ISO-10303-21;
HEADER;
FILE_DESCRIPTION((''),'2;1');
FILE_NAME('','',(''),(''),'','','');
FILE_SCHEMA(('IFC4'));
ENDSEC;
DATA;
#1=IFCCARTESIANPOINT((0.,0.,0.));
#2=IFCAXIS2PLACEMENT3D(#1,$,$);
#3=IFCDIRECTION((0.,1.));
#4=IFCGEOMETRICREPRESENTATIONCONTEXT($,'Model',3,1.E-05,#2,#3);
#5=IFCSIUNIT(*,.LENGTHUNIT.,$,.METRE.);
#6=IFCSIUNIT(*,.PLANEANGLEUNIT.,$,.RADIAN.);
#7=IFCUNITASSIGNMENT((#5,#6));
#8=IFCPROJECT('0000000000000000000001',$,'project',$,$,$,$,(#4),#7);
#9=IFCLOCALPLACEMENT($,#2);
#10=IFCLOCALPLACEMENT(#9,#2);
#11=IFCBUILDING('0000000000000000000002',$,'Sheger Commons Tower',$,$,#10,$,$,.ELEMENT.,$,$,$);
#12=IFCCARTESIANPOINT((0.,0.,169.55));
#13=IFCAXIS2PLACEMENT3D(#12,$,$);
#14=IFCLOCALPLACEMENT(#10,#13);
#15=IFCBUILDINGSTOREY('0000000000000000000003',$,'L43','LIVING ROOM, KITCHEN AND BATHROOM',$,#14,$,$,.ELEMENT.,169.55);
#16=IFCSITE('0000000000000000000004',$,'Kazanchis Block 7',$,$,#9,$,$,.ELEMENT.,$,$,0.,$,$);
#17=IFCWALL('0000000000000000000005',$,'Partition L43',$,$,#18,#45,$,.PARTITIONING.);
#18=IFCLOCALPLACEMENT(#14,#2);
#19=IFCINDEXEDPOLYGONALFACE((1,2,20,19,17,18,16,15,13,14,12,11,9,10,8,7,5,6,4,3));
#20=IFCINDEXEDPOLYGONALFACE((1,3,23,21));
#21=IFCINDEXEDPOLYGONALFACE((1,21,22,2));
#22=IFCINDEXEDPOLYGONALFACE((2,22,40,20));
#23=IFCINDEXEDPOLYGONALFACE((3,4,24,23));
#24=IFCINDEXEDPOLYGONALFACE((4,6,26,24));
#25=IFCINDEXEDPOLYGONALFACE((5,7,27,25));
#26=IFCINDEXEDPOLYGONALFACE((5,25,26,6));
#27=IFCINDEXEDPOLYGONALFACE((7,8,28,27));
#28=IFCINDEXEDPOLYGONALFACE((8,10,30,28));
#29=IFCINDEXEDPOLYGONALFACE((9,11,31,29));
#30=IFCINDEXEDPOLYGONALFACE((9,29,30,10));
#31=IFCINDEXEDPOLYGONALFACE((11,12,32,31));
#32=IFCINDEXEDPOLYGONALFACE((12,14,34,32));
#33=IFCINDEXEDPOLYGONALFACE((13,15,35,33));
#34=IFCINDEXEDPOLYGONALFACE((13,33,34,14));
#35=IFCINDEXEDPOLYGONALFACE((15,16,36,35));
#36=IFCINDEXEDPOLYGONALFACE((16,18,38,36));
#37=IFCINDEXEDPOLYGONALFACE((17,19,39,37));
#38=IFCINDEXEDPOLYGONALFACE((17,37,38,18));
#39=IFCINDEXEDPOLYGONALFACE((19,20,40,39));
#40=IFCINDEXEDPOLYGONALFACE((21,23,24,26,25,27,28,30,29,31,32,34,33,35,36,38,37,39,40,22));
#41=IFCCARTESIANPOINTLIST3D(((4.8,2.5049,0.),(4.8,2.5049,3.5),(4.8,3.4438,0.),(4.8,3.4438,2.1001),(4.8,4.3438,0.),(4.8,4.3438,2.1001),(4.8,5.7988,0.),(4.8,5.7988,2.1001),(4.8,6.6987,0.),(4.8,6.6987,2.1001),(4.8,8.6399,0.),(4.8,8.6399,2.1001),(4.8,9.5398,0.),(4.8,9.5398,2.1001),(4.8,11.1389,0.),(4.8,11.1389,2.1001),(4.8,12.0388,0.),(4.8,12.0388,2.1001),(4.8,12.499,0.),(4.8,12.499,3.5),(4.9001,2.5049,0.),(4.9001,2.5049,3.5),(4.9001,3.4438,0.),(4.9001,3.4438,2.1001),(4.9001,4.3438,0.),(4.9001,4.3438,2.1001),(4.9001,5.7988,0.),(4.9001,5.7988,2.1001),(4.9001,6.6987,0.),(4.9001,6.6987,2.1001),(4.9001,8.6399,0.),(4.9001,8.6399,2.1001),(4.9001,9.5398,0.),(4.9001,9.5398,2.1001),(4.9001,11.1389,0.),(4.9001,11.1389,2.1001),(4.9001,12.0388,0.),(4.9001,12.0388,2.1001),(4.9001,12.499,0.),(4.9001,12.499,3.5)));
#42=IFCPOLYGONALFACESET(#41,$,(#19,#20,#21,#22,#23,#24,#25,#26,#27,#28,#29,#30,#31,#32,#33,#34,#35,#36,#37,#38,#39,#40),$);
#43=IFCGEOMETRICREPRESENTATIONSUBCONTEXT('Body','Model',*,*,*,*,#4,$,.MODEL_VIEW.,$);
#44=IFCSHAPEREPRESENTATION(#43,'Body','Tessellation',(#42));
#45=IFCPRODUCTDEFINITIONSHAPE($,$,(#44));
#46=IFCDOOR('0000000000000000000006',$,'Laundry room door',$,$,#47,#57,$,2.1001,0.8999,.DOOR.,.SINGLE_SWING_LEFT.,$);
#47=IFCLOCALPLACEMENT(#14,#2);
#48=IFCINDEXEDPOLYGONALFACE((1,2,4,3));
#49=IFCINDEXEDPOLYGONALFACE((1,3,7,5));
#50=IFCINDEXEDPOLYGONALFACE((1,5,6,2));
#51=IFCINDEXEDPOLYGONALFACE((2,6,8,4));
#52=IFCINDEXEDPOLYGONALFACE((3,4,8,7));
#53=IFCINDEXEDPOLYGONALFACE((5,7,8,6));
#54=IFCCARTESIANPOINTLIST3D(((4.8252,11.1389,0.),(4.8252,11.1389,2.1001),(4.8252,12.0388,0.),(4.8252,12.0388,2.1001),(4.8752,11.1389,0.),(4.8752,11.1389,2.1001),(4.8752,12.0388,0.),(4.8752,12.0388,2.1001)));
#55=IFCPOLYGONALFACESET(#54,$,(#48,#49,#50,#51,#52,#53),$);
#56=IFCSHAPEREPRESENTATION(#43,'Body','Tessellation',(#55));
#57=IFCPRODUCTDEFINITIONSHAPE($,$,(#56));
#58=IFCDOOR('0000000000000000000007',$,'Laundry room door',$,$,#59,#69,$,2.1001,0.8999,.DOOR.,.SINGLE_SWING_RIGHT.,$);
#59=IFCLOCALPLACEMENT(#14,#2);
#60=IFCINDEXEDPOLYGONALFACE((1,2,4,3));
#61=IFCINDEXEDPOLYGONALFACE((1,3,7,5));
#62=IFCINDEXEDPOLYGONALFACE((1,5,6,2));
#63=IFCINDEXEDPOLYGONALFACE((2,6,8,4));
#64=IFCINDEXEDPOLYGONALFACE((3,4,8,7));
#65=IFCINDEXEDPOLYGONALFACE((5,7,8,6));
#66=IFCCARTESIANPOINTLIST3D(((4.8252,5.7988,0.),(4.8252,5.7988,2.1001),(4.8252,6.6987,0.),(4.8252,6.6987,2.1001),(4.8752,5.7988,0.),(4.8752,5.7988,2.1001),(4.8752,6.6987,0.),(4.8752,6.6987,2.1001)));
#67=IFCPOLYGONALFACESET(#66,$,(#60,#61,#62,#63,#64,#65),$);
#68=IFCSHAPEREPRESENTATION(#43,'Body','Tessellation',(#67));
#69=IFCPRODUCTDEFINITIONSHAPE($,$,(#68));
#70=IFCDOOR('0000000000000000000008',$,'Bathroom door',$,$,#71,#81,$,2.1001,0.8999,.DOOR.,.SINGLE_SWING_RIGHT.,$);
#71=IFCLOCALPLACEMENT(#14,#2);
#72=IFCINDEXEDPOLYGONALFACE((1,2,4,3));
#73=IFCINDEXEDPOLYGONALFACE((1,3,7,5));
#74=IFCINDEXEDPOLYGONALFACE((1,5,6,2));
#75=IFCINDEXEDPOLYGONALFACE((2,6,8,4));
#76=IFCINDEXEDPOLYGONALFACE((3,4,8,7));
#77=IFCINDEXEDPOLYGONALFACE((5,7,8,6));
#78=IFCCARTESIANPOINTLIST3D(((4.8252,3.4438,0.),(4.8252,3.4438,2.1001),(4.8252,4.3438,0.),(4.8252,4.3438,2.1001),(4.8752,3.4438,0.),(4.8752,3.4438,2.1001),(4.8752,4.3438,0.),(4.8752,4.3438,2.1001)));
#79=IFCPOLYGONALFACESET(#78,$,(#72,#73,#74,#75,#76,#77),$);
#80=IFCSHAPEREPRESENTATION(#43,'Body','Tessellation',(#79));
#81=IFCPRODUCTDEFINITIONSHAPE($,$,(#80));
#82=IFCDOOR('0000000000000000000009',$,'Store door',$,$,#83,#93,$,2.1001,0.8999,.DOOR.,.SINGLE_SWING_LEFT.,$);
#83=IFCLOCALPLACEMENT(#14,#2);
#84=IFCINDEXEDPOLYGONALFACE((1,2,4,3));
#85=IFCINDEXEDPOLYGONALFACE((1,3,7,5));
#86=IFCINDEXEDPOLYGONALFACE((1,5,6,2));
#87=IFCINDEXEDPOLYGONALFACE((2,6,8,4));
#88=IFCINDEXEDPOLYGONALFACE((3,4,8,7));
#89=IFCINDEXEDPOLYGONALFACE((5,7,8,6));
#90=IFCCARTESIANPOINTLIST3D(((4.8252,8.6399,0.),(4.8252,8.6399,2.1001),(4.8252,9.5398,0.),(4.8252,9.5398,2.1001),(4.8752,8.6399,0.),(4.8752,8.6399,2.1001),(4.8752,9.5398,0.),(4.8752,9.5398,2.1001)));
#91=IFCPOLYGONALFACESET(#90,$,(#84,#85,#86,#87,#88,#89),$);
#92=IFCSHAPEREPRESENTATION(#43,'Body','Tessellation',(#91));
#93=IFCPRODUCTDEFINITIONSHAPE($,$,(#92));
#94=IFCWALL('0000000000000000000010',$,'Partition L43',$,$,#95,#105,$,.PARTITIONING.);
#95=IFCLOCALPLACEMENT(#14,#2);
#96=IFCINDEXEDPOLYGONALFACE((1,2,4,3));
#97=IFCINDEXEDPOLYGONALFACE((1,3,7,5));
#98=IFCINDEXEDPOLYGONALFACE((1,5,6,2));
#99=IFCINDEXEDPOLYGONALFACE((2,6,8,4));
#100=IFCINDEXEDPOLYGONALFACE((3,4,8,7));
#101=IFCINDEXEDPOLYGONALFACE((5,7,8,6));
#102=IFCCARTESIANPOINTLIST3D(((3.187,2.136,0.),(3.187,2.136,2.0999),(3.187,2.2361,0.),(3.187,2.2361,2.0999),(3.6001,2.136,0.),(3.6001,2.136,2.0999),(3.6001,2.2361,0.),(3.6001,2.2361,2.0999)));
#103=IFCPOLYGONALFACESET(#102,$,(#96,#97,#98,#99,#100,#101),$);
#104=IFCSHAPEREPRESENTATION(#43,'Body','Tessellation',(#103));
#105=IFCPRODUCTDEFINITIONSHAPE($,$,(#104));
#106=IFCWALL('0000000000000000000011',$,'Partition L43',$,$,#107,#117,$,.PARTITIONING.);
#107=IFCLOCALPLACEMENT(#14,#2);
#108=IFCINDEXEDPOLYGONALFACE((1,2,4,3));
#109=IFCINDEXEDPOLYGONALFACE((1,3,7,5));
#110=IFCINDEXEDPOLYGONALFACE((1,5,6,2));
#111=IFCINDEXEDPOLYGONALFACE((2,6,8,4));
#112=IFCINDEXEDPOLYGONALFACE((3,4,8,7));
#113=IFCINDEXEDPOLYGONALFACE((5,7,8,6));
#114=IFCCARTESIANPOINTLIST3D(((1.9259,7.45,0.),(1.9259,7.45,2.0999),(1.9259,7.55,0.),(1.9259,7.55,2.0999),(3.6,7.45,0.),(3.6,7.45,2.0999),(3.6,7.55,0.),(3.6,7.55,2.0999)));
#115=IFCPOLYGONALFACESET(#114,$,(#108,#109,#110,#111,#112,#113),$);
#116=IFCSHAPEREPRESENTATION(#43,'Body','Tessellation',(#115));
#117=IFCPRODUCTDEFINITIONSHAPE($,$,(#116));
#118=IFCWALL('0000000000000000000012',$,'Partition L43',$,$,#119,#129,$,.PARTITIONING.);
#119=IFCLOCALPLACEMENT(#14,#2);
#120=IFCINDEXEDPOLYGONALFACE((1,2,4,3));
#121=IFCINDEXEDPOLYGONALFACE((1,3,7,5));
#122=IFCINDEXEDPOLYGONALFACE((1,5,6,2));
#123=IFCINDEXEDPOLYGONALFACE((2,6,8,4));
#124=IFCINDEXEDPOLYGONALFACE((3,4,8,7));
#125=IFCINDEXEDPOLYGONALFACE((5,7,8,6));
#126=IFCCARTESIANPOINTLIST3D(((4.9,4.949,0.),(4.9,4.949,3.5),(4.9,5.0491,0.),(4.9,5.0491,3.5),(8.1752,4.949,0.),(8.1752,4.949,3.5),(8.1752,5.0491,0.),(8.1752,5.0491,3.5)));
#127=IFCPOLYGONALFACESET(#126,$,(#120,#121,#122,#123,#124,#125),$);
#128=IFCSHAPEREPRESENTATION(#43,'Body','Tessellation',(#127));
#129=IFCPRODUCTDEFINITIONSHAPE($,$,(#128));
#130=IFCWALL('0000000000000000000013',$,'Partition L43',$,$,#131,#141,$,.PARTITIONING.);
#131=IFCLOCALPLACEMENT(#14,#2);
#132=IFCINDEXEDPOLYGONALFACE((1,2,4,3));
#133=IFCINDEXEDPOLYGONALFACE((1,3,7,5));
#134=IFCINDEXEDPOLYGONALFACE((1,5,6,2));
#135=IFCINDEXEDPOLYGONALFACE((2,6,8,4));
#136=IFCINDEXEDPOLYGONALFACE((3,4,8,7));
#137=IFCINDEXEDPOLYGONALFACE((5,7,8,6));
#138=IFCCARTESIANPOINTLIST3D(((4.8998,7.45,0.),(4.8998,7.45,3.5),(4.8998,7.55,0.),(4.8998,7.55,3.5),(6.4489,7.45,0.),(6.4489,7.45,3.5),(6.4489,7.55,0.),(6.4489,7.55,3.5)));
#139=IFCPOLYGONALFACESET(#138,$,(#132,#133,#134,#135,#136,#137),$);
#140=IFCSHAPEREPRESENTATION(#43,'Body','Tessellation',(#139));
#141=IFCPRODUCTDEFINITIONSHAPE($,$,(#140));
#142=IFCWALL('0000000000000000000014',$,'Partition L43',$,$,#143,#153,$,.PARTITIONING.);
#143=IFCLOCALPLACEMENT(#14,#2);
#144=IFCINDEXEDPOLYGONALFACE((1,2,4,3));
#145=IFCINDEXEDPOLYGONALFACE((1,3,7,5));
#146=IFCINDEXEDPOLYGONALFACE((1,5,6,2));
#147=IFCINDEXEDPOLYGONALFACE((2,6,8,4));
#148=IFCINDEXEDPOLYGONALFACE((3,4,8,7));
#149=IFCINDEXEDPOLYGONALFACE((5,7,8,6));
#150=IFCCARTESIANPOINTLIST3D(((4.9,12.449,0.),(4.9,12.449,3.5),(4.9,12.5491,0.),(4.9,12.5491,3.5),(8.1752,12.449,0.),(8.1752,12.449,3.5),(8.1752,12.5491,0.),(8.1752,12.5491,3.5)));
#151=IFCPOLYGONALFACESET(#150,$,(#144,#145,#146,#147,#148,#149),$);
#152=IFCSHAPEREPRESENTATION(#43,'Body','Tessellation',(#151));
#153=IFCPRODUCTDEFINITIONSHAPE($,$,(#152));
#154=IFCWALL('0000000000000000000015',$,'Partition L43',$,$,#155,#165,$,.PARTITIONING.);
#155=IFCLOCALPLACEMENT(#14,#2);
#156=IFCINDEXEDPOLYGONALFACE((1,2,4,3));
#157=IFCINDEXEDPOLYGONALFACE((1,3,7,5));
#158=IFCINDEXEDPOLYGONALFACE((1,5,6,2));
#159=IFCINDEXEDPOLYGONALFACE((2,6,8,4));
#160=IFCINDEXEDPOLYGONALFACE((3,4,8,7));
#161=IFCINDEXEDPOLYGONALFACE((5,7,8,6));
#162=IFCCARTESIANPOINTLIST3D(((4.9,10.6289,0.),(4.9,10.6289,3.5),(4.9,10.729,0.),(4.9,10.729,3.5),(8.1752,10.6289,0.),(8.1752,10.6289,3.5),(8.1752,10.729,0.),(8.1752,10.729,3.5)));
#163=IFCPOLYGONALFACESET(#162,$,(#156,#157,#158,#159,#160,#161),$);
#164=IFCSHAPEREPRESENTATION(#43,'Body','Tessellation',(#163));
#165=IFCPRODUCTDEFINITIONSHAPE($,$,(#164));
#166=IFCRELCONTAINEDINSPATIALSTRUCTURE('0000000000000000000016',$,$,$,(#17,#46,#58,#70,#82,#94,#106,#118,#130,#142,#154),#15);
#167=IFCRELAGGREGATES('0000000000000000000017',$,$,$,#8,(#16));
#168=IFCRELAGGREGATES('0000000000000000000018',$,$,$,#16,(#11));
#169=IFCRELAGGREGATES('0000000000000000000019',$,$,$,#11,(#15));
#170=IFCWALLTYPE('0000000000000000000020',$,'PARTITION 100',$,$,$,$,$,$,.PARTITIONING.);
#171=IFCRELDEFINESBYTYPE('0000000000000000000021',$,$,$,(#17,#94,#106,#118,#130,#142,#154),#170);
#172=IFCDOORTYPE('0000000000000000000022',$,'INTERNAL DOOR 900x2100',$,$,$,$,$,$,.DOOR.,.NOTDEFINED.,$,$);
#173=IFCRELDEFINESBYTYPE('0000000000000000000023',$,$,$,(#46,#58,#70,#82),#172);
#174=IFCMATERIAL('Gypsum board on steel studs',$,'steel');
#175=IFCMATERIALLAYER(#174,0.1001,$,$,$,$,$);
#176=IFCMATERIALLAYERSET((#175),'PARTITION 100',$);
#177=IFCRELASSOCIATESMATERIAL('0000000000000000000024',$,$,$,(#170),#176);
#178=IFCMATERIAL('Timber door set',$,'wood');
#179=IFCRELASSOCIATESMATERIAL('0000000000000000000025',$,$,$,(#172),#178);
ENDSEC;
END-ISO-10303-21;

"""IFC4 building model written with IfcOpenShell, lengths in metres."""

from ifc_helpers import new_model, si_unit, direction, frame, frame_2d, origin, place, context, subcontext, project, spatial, rectangle, extrude, material, layer, layer_set, type_object, element, fill, save


model = new_model("IFC4")

# Units and contexts
model_context = context("Model", 3, precision=1e-05, world=origin(), true_north=direction((0.0, 1.0)))
body_context = subcontext(model_context, "Body", "Model", "MODEL_VIEW")
ifc_project = project(units=[si_unit("LENGTHUNIT", "METRE"), si_unit("PLANEANGLEUNIT", "RADIAN")], contexts=[model_context])

# Site, building, storey
site_placement = place(None, origin())
site = spatial("IfcSite", under=ifc_project, at=site_placement, Name="Kazanchis Block 7", CompositionType="ELEMENT", RefElevation=0.0)
building_placement = place(site_placement, origin())
building = spatial("IfcBuilding", under=site, at=building_placement, Name="Sheger Commons Tower", CompositionType="ELEMENT")
storey_placement = place(building_placement, frame((0.0, 0.0, 169.55)))
storey = spatial("IfcBuildingStorey", under=building, at=storey_placement, Name="L43", Description="LIVING ROOM, KITCHEN AND BATHROOM", CompositionType="ELEMENT", Elevation=169.55)

# Wall, openings, doors
ifc_material_1 = material(Name="Gypsum board on steel studs", Category="steel")
ifc_layer = layer(ifc_material_1, 0.1001)
ifc_layer_set = layer_set([ifc_layer], Name="PARTITION 100")
wall_type = type_object("IfcWallType", Name="PARTITION 100", PredefinedType="PARTITIONING", material=ifc_layer_set)
ifc_material_2 = material(Name="Timber door set", Category="wood")
door_type = type_object("IfcDoorType", Name="INTERNAL DOOR 900x2100", OperationType="NOTDEFINED", PredefinedType="DOOR", material=ifc_material_2)
wall_1_placement = place(storey_placement, frame((4.8501, 2.5049, 0.0), z_axis=(0.0, 0.0, 1.0), x_axis=(0.0, 1.0, 0.0)))
wall_1 = element("IfcWall", 1, at=wall_1_placement, inside=storey, type_object=wall_type, Name="Partition L43", PredefinedType="PARTITIONING", context=body_context, shape_type="SweptSolid", body=[
    extrude(rectangle(XDim=9.9941, YDim=0.1001, at=frame_2d((4.9971, 0.0))), origin(), (0.0, 0.0, 1.0), 3.5),
])
opening_1_placement = place(wall_1_placement, frame((8.634, 0.0, 0.0)))
opening_1 = element("IfcOpeningElement", 2, at=opening_1_placement, cuts=wall_1, PredefinedType="OPENING", context=body_context, shape_type="SweptSolid", body=[
    extrude(rectangle(XDim=0.8999, YDim=2.1001, at=frame_2d((0.45, 1.05))), frame((0.0, 0.0601, 0.0), z_axis=(0.0, -1.0, 0.0), x_axis=(1.0, 0.0, 0.0)), (0.0, 0.0, 1.0), 0.1201),
])
opening_2_placement = place(wall_1_placement, frame((3.2939, 0.0, 0.0)))
opening_2 = element("IfcOpeningElement", 3, at=opening_2_placement, cuts=wall_1, PredefinedType="OPENING", context=body_context, shape_type="SweptSolid", body=[
    extrude(rectangle(XDim=0.8999, YDim=2.1001, at=frame_2d((0.45, 1.05))), frame((0.0, 0.0601, 0.0), z_axis=(0.0, -1.0, 0.0), x_axis=(1.0, 0.0, 0.0)), (0.0, 0.0, 1.0), 0.1201),
])
opening_3_placement = place(wall_1_placement, frame((0.939, 0.0, 0.0)))
opening_3 = element("IfcOpeningElement", 4, at=opening_3_placement, cuts=wall_1, PredefinedType="OPENING", context=body_context, shape_type="SweptSolid", body=[
    extrude(rectangle(XDim=0.8999, YDim=2.1001, at=frame_2d((0.45, 1.05))), frame((0.0, 0.0601, 0.0), z_axis=(0.0, -1.0, 0.0), x_axis=(1.0, 0.0, 0.0)), (0.0, 0.0, 1.0), 0.1201),
])
opening_4_placement = place(wall_1_placement, frame((6.135, 0.0, 0.0)))
opening_4 = element("IfcOpeningElement", 5, at=opening_4_placement, cuts=wall_1, PredefinedType="OPENING", context=body_context, shape_type="SweptSolid", body=[
    extrude(rectangle(XDim=0.8999, YDim=2.1001, at=frame_2d((0.45, 1.05))), frame((0.0, 0.0601, 0.0), z_axis=(0.0, -1.0, 0.0), x_axis=(1.0, 0.0, 0.0)), (0.0, 0.0, 1.0), 0.1201),
])
door_1_placement = place(opening_1_placement, origin())
door_1 = element("IfcDoor", 6, at=door_1_placement, inside=storey, type_object=door_type, Name="Laundry room door", OperationType="SINGLE_SWING_LEFT", OverallHeight=2.1001, OverallWidth=0.8999, PredefinedType="DOOR", context=body_context, shape_type="SweptSolid", body=[
    extrude(rectangle(XDim=0.8999, YDim=2.1001, at=frame_2d((0.45, 1.05))), frame((0.0, 0.0249, 0.0), z_axis=(0.0, -1.0, 0.0), x_axis=(1.0, 0.0, 0.0)), (0.0, 0.0, 1.0), 0.05),
])
fill(opening_1, door_1)
door_2_placement = place(opening_2_placement, origin())
door_2 = element("IfcDoor", 7, at=door_2_placement, inside=storey, type_object=door_type, Name="Laundry room door", OperationType="SINGLE_SWING_RIGHT", OverallHeight=2.1001, OverallWidth=0.8999, PredefinedType="DOOR", context=body_context, shape_type="SweptSolid", body=[
    extrude(rectangle(XDim=0.8999, YDim=2.1001, at=frame_2d((0.45, 1.05))), frame((0.0, 0.0249, 0.0), z_axis=(0.0, -1.0, 0.0), x_axis=(1.0, 0.0, 0.0)), (0.0, 0.0, 1.0), 0.05),
])
fill(opening_2, door_2)
door_3_placement = place(opening_3_placement, origin())
door_3 = element("IfcDoor", 8, at=door_3_placement, inside=storey, type_object=door_type, Name="Bathroom door", OperationType="SINGLE_SWING_RIGHT", OverallHeight=2.1001, OverallWidth=0.8999, PredefinedType="DOOR", context=body_context, shape_type="SweptSolid", body=[
    extrude(rectangle(XDim=0.8999, YDim=2.1001, at=frame_2d((0.45, 1.05))), frame((0.0, 0.0249, 0.0), z_axis=(0.0, -1.0, 0.0), x_axis=(1.0, 0.0, 0.0)), (0.0, 0.0, 1.0), 0.05),
])
fill(opening_3, door_3)
door_4_placement = place(opening_4_placement, origin())
door_4 = element("IfcDoor", 9, at=door_4_placement, inside=storey, type_object=door_type, Name="Store door", OperationType="SINGLE_SWING_LEFT", OverallHeight=2.1001, OverallWidth=0.8999, PredefinedType="DOOR", context=body_context, shape_type="SweptSolid", body=[
    extrude(rectangle(XDim=0.8999, YDim=2.1001, at=frame_2d((0.45, 1.05))), frame((0.0, 0.0249, 0.0), z_axis=(0.0, -1.0, 0.0), x_axis=(1.0, 0.0, 0.0)), (0.0, 0.0, 1.0), 0.05),
])
fill(opening_4, door_4)

# Walls
wall_2_placement = place(storey_placement, frame((3.187, 2.186, 0.0), z_axis=(0.0, 0.0, 1.0), x_axis=(1.0, 0.0, 0.0)))
element("IfcWall", 10, at=wall_2_placement, inside=storey, type_object=wall_type, Name="Partition L43", PredefinedType="PARTITIONING", context=body_context, shape_type="SweptSolid", body=[
    extrude(rectangle(XDim=0.4131, YDim=0.1001, at=frame_2d((0.2065, 0.0))), origin(), (0.0, 0.0, 1.0), 2.0999),
])
wall_3_placement = place(storey_placement, frame((1.926, 7.5, 0.0), z_axis=(0.0, 0.0, 1.0), x_axis=(1.0, 0.0, 0.0)))
element("IfcWall", 11, at=wall_3_placement, inside=storey, type_object=wall_type, Name="Partition L43", PredefinedType="PARTITIONING", context=body_context, shape_type="SweptSolid", body=[
    extrude(rectangle(XDim=1.6741, YDim=0.1001, at=frame_2d((0.8369, 0.0))), origin(), (0.0, 0.0, 1.0), 2.0999),
])
wall_4_placement = place(storey_placement, frame((4.8999, 4.999, 0.0), z_axis=(0.0, 0.0, 1.0), x_axis=(1.0, 0.0, 0.0)))
element("IfcWall", 12, at=wall_4_placement, inside=storey, type_object=wall_type, Name="Partition L43", PredefinedType="PARTITIONING", context=body_context, shape_type="SweptSolid", body=[
    extrude(rectangle(XDim=3.2751, YDim=0.1001, at=frame_2d((1.6377, 0.0))), origin(), (0.0, 0.0, 1.0), 3.5),
])
wall_5_placement = place(storey_placement, frame((4.8999, 7.5, 0.0), z_axis=(0.0, 0.0, 1.0), x_axis=(1.0, 0.0, 0.0)))
element("IfcWall", 13, at=wall_5_placement, inside=storey, type_object=wall_type, Name="Partition L43", PredefinedType="PARTITIONING", context=body_context, shape_type="SweptSolid", body=[
    extrude(rectangle(XDim=1.5491, YDim=0.1001, at=frame_2d((0.7744, 0.0))), origin(), (0.0, 0.0, 1.0), 3.5),
])
for number, where, z_axis, x_axis, name in (
    (14, (4.8999, 12.499, 0.0), (0.0, 0.0, 1.0), (1.0, 0.0, 0.0), "Partition L43"),
    (15, (4.8999, 10.679, 0.0), (0.0, 0.0, 1.0), (1.0, 0.0, 0.0), "Partition L43"),
):
    element("IfcWall", number, at=place(storey_placement, frame(where, z_axis=z_axis, x_axis=x_axis)), inside=storey, type_object=wall_type, Name=name, PredefinedType="PARTITIONING", context=body_context, shape_type="SweptSolid", body=[
        extrude(rectangle(XDim=3.2751, YDim=0.1001, at=frame_2d((1.6377, 0.0))), origin(), (0.0, 0.0, 1.0), 3.5),
    ])

save(model, "model.ifc")
